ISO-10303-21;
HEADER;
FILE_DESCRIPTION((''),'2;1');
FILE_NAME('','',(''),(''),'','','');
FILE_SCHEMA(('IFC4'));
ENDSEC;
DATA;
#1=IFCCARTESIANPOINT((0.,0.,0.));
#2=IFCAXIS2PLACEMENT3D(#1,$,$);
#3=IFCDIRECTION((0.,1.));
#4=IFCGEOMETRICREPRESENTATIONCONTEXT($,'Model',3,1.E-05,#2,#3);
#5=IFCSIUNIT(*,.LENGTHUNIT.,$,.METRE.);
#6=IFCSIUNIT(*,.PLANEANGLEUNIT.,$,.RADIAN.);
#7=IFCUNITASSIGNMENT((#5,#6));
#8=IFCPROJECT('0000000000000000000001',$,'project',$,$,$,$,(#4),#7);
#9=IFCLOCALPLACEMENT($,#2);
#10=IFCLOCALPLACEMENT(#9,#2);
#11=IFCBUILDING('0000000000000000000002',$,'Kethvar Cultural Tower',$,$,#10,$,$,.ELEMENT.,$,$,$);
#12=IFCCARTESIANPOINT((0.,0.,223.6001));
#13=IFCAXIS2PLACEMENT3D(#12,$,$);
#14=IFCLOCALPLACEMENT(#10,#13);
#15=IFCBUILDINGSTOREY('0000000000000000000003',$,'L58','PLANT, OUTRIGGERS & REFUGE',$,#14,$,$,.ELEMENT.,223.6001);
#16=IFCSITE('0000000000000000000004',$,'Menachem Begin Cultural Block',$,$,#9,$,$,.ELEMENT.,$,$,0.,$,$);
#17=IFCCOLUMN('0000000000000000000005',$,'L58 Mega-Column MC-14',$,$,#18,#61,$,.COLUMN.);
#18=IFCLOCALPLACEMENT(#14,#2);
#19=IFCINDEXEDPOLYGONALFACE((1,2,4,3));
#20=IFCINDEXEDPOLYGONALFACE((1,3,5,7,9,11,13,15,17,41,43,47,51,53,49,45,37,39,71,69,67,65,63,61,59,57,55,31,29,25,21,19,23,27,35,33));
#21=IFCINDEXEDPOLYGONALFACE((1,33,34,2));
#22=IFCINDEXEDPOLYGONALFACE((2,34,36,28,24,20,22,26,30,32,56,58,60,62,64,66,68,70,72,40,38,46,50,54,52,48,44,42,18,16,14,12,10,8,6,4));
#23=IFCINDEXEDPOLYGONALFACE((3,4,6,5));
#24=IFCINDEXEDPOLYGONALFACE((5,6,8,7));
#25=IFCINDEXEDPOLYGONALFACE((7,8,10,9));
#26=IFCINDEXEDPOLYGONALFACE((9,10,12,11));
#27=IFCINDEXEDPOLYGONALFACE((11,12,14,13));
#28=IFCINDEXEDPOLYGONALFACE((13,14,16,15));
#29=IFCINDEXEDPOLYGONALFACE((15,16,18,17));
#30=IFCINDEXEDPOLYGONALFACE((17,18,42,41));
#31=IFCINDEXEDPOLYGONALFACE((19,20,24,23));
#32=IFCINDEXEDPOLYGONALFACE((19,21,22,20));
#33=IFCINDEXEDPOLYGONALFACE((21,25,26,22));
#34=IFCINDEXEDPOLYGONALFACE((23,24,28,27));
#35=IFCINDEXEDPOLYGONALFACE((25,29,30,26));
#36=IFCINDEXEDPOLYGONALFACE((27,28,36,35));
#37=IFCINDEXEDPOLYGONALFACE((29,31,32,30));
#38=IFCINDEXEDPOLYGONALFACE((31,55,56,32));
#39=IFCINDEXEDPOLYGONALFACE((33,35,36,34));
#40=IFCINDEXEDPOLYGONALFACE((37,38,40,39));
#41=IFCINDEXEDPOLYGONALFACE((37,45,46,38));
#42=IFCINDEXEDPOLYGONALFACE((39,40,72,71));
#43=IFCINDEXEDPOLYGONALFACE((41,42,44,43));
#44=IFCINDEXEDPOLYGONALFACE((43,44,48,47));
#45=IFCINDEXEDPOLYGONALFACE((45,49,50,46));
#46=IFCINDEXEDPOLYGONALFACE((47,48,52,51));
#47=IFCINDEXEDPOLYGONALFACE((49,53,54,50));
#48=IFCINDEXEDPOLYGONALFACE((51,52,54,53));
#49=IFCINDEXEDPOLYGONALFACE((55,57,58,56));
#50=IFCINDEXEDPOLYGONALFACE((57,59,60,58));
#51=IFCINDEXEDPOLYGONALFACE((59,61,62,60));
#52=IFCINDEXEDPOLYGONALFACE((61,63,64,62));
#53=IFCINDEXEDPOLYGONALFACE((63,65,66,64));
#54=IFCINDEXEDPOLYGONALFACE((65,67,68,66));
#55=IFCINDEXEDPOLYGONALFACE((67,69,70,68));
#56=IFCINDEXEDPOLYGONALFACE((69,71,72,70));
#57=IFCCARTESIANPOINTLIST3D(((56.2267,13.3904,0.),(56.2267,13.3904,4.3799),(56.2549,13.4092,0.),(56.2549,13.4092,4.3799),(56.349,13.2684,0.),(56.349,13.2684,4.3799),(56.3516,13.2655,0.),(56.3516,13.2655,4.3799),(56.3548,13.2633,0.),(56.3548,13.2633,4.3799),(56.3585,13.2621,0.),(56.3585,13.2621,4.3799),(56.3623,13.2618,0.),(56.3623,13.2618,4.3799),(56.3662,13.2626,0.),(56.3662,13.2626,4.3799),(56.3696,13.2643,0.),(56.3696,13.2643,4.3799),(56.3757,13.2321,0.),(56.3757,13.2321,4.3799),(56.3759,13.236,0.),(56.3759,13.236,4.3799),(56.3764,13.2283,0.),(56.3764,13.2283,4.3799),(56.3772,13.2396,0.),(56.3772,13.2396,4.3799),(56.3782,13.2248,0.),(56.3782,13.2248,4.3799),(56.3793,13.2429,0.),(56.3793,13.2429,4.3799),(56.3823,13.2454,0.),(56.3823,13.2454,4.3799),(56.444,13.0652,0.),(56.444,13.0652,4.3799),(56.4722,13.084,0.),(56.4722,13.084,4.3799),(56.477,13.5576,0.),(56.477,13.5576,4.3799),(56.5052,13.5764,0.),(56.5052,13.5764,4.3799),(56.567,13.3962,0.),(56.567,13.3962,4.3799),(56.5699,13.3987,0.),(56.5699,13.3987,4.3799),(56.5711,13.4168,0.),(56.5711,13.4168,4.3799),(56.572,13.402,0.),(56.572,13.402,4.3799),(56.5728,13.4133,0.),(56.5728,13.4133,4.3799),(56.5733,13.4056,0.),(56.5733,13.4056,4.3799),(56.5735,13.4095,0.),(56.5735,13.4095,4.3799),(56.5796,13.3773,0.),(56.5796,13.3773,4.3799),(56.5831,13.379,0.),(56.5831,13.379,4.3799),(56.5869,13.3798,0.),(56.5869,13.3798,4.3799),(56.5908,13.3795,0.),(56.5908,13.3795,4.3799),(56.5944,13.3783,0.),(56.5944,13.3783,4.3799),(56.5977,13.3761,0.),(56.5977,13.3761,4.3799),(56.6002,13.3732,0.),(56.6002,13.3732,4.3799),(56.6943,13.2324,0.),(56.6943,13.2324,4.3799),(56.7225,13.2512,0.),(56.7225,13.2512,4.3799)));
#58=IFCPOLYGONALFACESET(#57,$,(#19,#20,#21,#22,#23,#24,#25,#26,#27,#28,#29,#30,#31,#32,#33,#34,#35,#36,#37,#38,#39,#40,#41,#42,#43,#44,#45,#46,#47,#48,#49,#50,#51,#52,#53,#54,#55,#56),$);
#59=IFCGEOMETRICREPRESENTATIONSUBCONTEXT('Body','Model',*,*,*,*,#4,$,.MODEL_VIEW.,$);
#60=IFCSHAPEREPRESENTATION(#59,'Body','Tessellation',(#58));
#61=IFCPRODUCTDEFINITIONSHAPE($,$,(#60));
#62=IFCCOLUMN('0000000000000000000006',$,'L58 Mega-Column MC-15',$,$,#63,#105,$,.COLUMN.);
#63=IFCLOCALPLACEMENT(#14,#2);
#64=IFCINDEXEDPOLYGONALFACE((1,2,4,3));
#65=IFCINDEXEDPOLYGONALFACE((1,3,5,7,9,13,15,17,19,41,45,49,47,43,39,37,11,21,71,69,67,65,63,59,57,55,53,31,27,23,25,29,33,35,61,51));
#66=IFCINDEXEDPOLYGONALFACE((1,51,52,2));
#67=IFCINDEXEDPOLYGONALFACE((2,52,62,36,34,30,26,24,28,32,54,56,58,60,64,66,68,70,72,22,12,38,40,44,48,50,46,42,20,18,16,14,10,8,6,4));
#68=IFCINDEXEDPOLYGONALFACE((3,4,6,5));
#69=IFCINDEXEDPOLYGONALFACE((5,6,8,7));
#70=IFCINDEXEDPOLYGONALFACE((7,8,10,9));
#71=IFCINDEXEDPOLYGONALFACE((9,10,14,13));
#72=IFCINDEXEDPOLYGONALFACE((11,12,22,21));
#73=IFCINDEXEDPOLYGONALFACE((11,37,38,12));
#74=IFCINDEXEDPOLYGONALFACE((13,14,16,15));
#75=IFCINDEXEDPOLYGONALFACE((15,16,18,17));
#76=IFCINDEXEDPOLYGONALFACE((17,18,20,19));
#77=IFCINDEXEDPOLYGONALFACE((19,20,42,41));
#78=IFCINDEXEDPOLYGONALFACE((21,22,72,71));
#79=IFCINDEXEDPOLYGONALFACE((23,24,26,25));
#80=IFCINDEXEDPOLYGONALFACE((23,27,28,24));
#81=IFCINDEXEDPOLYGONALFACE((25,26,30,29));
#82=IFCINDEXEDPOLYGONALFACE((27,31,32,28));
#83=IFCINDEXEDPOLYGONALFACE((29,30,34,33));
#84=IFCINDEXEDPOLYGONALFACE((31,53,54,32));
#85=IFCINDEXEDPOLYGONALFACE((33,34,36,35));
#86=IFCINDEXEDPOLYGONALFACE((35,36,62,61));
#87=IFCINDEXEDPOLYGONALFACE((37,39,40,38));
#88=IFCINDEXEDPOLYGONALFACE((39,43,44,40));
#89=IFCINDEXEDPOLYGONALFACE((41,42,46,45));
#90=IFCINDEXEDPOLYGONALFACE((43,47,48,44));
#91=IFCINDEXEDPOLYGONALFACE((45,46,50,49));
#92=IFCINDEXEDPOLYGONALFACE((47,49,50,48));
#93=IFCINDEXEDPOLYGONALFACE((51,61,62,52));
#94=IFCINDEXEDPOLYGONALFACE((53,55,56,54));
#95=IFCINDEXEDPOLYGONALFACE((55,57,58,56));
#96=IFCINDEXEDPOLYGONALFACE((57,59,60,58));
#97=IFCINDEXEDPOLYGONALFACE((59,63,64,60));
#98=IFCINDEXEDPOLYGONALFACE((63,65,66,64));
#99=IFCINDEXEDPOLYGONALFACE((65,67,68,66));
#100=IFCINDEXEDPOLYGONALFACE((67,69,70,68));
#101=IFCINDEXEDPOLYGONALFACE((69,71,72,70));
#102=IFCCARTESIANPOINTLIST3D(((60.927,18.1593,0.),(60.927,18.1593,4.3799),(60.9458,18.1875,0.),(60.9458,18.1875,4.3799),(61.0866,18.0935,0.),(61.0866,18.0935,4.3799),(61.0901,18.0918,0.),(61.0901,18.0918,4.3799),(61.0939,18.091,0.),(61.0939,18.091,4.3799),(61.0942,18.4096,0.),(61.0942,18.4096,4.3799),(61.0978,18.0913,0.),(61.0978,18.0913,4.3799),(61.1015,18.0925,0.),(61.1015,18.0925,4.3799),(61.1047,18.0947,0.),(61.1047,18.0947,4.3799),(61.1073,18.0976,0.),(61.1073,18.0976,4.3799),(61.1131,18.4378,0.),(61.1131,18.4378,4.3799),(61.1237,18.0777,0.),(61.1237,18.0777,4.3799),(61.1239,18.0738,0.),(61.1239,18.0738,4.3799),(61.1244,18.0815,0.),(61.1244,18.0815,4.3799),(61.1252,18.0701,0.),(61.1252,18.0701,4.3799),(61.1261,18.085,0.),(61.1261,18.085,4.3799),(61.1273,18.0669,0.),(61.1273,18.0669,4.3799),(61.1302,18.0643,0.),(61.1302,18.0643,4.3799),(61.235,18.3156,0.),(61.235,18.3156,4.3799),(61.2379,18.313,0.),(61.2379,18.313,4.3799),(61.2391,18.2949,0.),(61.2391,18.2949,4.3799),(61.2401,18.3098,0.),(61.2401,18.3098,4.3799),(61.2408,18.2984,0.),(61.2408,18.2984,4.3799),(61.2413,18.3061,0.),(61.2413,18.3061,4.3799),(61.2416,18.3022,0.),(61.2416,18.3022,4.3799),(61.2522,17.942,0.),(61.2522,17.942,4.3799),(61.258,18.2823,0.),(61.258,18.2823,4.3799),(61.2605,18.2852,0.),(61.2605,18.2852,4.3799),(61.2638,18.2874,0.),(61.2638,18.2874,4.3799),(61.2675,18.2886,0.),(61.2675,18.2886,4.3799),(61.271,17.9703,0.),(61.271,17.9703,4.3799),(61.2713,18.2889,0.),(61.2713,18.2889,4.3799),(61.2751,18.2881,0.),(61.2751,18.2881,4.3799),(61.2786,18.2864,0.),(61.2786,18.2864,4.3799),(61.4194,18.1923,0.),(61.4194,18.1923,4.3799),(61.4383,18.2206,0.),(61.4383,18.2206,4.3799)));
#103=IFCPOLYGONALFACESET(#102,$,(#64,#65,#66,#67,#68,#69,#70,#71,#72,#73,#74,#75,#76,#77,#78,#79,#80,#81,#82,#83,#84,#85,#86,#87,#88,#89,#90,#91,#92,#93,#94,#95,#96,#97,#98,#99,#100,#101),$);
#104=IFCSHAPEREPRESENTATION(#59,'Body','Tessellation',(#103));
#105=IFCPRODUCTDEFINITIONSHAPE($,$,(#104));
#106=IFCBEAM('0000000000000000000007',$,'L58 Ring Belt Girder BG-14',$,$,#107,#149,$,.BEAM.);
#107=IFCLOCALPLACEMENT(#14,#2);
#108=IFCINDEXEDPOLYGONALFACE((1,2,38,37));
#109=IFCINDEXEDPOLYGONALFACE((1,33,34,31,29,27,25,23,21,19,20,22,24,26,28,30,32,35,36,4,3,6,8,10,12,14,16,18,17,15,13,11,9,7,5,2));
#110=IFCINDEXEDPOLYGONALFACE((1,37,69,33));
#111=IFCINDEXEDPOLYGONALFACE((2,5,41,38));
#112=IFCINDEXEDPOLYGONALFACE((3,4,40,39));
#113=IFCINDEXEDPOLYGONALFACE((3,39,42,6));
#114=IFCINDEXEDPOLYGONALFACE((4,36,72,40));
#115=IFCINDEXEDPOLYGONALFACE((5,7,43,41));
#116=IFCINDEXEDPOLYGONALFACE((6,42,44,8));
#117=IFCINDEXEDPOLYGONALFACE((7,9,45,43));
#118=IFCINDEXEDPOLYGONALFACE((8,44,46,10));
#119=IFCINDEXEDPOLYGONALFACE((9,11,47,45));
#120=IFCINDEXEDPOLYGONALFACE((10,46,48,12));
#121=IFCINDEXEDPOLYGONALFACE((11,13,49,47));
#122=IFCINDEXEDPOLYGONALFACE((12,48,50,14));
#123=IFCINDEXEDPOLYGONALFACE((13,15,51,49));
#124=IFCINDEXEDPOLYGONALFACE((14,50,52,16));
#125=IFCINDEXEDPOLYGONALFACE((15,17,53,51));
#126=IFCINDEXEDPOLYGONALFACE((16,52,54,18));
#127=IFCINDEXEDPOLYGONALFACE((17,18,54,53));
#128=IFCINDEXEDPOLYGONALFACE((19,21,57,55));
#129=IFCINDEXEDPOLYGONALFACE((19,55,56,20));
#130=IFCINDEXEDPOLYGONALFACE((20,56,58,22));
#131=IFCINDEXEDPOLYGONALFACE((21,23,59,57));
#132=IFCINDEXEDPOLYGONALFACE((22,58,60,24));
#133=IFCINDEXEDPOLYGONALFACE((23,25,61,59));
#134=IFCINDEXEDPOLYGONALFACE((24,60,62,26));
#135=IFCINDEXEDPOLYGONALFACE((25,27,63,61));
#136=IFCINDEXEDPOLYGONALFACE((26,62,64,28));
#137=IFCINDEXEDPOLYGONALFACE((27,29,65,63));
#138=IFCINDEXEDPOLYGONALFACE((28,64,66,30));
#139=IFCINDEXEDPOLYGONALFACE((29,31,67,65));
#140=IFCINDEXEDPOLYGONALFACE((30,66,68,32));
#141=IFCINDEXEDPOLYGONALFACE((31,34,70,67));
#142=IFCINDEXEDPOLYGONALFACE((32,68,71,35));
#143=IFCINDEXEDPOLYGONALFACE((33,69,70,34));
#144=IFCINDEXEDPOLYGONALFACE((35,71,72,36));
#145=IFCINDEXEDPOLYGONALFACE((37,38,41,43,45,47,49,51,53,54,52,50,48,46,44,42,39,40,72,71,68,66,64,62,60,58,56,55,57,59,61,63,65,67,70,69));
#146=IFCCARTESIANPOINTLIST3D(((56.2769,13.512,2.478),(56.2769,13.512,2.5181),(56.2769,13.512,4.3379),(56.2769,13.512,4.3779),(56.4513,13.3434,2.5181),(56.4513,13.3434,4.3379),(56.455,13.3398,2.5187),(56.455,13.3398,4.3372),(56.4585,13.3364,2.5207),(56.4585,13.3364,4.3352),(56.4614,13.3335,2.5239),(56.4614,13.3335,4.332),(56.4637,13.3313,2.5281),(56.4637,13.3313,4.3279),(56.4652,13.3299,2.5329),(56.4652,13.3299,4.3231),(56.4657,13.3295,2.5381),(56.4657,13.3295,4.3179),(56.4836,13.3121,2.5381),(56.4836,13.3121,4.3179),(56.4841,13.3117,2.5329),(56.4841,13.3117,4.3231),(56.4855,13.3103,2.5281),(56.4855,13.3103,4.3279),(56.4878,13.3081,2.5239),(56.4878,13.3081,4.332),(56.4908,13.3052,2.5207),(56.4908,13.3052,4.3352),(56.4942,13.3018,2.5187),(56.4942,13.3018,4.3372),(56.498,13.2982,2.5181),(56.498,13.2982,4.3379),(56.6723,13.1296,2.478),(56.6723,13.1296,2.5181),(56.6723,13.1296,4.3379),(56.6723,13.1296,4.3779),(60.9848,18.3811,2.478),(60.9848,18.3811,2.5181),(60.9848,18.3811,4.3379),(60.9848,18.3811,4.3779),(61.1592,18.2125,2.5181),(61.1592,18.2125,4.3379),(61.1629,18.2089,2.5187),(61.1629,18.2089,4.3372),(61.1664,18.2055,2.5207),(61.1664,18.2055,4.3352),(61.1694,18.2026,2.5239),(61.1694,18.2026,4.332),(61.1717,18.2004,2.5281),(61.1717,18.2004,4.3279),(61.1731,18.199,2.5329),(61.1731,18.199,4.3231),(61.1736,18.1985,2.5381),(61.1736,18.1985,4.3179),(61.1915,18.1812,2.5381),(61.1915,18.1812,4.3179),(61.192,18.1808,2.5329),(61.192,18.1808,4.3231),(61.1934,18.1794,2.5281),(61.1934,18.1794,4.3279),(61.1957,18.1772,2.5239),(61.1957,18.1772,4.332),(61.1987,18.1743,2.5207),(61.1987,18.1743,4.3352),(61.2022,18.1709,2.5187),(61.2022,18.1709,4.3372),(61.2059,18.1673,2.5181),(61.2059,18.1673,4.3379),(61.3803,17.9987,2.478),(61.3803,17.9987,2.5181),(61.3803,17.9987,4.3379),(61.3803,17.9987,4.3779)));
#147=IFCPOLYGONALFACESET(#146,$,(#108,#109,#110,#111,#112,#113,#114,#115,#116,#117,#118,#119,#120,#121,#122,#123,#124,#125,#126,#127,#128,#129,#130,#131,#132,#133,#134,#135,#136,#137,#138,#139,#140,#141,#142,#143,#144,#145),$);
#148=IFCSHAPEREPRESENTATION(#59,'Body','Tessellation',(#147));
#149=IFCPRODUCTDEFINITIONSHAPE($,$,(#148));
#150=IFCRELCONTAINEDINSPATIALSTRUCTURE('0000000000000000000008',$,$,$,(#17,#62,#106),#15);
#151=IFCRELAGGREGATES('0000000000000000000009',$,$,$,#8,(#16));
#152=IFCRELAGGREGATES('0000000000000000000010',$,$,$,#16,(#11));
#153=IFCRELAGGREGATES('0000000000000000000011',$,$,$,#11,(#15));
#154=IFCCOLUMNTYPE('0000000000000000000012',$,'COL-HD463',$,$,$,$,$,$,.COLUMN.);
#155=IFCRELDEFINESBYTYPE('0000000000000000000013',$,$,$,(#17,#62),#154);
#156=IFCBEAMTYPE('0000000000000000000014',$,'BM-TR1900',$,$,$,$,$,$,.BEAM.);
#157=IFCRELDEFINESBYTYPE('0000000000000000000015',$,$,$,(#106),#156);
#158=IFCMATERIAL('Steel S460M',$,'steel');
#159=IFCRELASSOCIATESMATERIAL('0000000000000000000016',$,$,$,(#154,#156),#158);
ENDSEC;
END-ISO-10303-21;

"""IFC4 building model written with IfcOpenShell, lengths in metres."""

from ifc_helpers import new_model, si_unit, direction, frame, origin, origin_2d, place, context, subcontext, project, spatial, i_section, extrude, source, transform, mapped, material, material_profile, profile_set, type_object, element, save


model = new_model("IFC4")

# Units and contexts
model_context = context("Model", 3, precision=1e-05, world=origin(), true_north=direction((0.0, 1.0)))
body_context = subcontext(model_context, "Body", "Model", "MODEL_VIEW")
ifc_project = project(units=[si_unit("LENGTHUNIT", "METRE"), si_unit("PLANEANGLEUNIT", "RADIAN")], contexts=[model_context])

# Site, building, storey
site_placement = place(None, origin())
site = spatial("IfcSite", under=ifc_project, at=site_placement, Name="Menachem Begin Cultural Block", CompositionType="ELEMENT", RefElevation=0.0)
building_placement = place(site_placement, origin())
building = spatial("IfcBuilding", under=site, at=building_placement, Name="Kethvar Cultural Tower", CompositionType="ELEMENT")
storey_placement = place(building_placement, frame((0.0, 0.0, 223.6001)))
storey = spatial("IfcBuildingStorey", under=building, at=storey_placement, Name="L58", Description="PLANT, OUTRIGGERS & REFUGE", CompositionType="ELEMENT", Elevation=223.6001)

# Columns
ifc_material_1 = material(Name="Steel S460M", Category="steel")
ifc_material_profile_1 = material_profile(ifc_material_1, i_section(OverallWidth=0.3911, OverallDepth=0.335, WebThickness=0.0227, FlangeThickness=0.0339, FilletRadius=0.0149, at=origin_2d()), Name="Steel S460M — HD400x463")
ifc_profile_set_1 = profile_set([ifc_material_profile_1], Name="Steel S460M — HD400x463")
column_type = type_object("IfcColumnType", Name="COL-HD463", PredefinedType="COLUMN", material=ifc_profile_set_1)
shared_shape_1 = source(origin(), body_context, "Body", "SweptSolid", [
    extrude(i_section(OverallWidth=0.3911, OverallDepth=0.335, WebThickness=0.0227, FlangeThickness=0.0339, FilletRadius=0.0149, at=origin_2d()), origin(), (0.0, 0.0, 1.0), 4.3799),
])
for number, where, z_axis, x_axis, name in (
    (1, (56.4746, 13.3208, 0.0), (0.0, 0.0, 1.0), (0.55557, -0.83147, 0.0), "L58 Mega-Column MC-14"),
    (2, (61.1826, 18.1899, 0.0), (0.0, 0.0, 1.0), (0.83147, -0.55557, 0.0), "L58 Mega-Column MC-15"),
):
    element("IfcColumn", number, at=place(storey_placement, frame(where, z_axis=z_axis, x_axis=x_axis)), inside=storey, type_object=column_type, Name=name, PredefinedType="COLUMN", context=body_context, shape_type="MappedRepresentation", body=[
        mapped(shared_shape_1, transform((0.0, 0.0, 0.0), scale=1.0)),
    ])

# Beam
ifc_material_profile_2 = material_profile(ifc_material_1, i_section(OverallWidth=0.55, OverallDepth=1.8999, WebThickness=0.0249, FlangeThickness=0.04, FilletRadius=0.02, at=origin_2d()), Name="Steel S460M — PG1900x550x40x25")
ifc_profile_set_2 = profile_set([ifc_material_profile_2], Name="Steel S460M — PG1900x550x40x25")
beam_type = type_object("IfcBeamType", Name="BM-TR1900", PredefinedType="BEAM", material=ifc_profile_set_2)
shared_shape_2 = source(origin(), body_context, "Body", "SweptSolid", [
    extrude(i_section(OverallWidth=0.55, OverallDepth=1.8999, WebThickness=0.0249, FlangeThickness=0.04, FilletRadius=0.02, at=origin_2d()), origin(), (0.0, 0.0, 1.0), 6.7729),
])
beam_1_placement = place(storey_placement, frame((56.4746, 13.3208, 3.428), z_axis=(0.695112, 0.718902, 0.0), x_axis=(-0.718902, 0.695112, 0.0)))
element("IfcBeam", 3, at=beam_1_placement, inside=storey, type_object=beam_type, Name="L58 Ring Belt Girder BG-14", PredefinedType="BEAM", context=body_context, shape_type="MappedRepresentation", body=[
    mapped(shared_shape_2, transform((0.0, 0.0, 0.0), scale=1.0)),
])

save(model, "model.ifc")
